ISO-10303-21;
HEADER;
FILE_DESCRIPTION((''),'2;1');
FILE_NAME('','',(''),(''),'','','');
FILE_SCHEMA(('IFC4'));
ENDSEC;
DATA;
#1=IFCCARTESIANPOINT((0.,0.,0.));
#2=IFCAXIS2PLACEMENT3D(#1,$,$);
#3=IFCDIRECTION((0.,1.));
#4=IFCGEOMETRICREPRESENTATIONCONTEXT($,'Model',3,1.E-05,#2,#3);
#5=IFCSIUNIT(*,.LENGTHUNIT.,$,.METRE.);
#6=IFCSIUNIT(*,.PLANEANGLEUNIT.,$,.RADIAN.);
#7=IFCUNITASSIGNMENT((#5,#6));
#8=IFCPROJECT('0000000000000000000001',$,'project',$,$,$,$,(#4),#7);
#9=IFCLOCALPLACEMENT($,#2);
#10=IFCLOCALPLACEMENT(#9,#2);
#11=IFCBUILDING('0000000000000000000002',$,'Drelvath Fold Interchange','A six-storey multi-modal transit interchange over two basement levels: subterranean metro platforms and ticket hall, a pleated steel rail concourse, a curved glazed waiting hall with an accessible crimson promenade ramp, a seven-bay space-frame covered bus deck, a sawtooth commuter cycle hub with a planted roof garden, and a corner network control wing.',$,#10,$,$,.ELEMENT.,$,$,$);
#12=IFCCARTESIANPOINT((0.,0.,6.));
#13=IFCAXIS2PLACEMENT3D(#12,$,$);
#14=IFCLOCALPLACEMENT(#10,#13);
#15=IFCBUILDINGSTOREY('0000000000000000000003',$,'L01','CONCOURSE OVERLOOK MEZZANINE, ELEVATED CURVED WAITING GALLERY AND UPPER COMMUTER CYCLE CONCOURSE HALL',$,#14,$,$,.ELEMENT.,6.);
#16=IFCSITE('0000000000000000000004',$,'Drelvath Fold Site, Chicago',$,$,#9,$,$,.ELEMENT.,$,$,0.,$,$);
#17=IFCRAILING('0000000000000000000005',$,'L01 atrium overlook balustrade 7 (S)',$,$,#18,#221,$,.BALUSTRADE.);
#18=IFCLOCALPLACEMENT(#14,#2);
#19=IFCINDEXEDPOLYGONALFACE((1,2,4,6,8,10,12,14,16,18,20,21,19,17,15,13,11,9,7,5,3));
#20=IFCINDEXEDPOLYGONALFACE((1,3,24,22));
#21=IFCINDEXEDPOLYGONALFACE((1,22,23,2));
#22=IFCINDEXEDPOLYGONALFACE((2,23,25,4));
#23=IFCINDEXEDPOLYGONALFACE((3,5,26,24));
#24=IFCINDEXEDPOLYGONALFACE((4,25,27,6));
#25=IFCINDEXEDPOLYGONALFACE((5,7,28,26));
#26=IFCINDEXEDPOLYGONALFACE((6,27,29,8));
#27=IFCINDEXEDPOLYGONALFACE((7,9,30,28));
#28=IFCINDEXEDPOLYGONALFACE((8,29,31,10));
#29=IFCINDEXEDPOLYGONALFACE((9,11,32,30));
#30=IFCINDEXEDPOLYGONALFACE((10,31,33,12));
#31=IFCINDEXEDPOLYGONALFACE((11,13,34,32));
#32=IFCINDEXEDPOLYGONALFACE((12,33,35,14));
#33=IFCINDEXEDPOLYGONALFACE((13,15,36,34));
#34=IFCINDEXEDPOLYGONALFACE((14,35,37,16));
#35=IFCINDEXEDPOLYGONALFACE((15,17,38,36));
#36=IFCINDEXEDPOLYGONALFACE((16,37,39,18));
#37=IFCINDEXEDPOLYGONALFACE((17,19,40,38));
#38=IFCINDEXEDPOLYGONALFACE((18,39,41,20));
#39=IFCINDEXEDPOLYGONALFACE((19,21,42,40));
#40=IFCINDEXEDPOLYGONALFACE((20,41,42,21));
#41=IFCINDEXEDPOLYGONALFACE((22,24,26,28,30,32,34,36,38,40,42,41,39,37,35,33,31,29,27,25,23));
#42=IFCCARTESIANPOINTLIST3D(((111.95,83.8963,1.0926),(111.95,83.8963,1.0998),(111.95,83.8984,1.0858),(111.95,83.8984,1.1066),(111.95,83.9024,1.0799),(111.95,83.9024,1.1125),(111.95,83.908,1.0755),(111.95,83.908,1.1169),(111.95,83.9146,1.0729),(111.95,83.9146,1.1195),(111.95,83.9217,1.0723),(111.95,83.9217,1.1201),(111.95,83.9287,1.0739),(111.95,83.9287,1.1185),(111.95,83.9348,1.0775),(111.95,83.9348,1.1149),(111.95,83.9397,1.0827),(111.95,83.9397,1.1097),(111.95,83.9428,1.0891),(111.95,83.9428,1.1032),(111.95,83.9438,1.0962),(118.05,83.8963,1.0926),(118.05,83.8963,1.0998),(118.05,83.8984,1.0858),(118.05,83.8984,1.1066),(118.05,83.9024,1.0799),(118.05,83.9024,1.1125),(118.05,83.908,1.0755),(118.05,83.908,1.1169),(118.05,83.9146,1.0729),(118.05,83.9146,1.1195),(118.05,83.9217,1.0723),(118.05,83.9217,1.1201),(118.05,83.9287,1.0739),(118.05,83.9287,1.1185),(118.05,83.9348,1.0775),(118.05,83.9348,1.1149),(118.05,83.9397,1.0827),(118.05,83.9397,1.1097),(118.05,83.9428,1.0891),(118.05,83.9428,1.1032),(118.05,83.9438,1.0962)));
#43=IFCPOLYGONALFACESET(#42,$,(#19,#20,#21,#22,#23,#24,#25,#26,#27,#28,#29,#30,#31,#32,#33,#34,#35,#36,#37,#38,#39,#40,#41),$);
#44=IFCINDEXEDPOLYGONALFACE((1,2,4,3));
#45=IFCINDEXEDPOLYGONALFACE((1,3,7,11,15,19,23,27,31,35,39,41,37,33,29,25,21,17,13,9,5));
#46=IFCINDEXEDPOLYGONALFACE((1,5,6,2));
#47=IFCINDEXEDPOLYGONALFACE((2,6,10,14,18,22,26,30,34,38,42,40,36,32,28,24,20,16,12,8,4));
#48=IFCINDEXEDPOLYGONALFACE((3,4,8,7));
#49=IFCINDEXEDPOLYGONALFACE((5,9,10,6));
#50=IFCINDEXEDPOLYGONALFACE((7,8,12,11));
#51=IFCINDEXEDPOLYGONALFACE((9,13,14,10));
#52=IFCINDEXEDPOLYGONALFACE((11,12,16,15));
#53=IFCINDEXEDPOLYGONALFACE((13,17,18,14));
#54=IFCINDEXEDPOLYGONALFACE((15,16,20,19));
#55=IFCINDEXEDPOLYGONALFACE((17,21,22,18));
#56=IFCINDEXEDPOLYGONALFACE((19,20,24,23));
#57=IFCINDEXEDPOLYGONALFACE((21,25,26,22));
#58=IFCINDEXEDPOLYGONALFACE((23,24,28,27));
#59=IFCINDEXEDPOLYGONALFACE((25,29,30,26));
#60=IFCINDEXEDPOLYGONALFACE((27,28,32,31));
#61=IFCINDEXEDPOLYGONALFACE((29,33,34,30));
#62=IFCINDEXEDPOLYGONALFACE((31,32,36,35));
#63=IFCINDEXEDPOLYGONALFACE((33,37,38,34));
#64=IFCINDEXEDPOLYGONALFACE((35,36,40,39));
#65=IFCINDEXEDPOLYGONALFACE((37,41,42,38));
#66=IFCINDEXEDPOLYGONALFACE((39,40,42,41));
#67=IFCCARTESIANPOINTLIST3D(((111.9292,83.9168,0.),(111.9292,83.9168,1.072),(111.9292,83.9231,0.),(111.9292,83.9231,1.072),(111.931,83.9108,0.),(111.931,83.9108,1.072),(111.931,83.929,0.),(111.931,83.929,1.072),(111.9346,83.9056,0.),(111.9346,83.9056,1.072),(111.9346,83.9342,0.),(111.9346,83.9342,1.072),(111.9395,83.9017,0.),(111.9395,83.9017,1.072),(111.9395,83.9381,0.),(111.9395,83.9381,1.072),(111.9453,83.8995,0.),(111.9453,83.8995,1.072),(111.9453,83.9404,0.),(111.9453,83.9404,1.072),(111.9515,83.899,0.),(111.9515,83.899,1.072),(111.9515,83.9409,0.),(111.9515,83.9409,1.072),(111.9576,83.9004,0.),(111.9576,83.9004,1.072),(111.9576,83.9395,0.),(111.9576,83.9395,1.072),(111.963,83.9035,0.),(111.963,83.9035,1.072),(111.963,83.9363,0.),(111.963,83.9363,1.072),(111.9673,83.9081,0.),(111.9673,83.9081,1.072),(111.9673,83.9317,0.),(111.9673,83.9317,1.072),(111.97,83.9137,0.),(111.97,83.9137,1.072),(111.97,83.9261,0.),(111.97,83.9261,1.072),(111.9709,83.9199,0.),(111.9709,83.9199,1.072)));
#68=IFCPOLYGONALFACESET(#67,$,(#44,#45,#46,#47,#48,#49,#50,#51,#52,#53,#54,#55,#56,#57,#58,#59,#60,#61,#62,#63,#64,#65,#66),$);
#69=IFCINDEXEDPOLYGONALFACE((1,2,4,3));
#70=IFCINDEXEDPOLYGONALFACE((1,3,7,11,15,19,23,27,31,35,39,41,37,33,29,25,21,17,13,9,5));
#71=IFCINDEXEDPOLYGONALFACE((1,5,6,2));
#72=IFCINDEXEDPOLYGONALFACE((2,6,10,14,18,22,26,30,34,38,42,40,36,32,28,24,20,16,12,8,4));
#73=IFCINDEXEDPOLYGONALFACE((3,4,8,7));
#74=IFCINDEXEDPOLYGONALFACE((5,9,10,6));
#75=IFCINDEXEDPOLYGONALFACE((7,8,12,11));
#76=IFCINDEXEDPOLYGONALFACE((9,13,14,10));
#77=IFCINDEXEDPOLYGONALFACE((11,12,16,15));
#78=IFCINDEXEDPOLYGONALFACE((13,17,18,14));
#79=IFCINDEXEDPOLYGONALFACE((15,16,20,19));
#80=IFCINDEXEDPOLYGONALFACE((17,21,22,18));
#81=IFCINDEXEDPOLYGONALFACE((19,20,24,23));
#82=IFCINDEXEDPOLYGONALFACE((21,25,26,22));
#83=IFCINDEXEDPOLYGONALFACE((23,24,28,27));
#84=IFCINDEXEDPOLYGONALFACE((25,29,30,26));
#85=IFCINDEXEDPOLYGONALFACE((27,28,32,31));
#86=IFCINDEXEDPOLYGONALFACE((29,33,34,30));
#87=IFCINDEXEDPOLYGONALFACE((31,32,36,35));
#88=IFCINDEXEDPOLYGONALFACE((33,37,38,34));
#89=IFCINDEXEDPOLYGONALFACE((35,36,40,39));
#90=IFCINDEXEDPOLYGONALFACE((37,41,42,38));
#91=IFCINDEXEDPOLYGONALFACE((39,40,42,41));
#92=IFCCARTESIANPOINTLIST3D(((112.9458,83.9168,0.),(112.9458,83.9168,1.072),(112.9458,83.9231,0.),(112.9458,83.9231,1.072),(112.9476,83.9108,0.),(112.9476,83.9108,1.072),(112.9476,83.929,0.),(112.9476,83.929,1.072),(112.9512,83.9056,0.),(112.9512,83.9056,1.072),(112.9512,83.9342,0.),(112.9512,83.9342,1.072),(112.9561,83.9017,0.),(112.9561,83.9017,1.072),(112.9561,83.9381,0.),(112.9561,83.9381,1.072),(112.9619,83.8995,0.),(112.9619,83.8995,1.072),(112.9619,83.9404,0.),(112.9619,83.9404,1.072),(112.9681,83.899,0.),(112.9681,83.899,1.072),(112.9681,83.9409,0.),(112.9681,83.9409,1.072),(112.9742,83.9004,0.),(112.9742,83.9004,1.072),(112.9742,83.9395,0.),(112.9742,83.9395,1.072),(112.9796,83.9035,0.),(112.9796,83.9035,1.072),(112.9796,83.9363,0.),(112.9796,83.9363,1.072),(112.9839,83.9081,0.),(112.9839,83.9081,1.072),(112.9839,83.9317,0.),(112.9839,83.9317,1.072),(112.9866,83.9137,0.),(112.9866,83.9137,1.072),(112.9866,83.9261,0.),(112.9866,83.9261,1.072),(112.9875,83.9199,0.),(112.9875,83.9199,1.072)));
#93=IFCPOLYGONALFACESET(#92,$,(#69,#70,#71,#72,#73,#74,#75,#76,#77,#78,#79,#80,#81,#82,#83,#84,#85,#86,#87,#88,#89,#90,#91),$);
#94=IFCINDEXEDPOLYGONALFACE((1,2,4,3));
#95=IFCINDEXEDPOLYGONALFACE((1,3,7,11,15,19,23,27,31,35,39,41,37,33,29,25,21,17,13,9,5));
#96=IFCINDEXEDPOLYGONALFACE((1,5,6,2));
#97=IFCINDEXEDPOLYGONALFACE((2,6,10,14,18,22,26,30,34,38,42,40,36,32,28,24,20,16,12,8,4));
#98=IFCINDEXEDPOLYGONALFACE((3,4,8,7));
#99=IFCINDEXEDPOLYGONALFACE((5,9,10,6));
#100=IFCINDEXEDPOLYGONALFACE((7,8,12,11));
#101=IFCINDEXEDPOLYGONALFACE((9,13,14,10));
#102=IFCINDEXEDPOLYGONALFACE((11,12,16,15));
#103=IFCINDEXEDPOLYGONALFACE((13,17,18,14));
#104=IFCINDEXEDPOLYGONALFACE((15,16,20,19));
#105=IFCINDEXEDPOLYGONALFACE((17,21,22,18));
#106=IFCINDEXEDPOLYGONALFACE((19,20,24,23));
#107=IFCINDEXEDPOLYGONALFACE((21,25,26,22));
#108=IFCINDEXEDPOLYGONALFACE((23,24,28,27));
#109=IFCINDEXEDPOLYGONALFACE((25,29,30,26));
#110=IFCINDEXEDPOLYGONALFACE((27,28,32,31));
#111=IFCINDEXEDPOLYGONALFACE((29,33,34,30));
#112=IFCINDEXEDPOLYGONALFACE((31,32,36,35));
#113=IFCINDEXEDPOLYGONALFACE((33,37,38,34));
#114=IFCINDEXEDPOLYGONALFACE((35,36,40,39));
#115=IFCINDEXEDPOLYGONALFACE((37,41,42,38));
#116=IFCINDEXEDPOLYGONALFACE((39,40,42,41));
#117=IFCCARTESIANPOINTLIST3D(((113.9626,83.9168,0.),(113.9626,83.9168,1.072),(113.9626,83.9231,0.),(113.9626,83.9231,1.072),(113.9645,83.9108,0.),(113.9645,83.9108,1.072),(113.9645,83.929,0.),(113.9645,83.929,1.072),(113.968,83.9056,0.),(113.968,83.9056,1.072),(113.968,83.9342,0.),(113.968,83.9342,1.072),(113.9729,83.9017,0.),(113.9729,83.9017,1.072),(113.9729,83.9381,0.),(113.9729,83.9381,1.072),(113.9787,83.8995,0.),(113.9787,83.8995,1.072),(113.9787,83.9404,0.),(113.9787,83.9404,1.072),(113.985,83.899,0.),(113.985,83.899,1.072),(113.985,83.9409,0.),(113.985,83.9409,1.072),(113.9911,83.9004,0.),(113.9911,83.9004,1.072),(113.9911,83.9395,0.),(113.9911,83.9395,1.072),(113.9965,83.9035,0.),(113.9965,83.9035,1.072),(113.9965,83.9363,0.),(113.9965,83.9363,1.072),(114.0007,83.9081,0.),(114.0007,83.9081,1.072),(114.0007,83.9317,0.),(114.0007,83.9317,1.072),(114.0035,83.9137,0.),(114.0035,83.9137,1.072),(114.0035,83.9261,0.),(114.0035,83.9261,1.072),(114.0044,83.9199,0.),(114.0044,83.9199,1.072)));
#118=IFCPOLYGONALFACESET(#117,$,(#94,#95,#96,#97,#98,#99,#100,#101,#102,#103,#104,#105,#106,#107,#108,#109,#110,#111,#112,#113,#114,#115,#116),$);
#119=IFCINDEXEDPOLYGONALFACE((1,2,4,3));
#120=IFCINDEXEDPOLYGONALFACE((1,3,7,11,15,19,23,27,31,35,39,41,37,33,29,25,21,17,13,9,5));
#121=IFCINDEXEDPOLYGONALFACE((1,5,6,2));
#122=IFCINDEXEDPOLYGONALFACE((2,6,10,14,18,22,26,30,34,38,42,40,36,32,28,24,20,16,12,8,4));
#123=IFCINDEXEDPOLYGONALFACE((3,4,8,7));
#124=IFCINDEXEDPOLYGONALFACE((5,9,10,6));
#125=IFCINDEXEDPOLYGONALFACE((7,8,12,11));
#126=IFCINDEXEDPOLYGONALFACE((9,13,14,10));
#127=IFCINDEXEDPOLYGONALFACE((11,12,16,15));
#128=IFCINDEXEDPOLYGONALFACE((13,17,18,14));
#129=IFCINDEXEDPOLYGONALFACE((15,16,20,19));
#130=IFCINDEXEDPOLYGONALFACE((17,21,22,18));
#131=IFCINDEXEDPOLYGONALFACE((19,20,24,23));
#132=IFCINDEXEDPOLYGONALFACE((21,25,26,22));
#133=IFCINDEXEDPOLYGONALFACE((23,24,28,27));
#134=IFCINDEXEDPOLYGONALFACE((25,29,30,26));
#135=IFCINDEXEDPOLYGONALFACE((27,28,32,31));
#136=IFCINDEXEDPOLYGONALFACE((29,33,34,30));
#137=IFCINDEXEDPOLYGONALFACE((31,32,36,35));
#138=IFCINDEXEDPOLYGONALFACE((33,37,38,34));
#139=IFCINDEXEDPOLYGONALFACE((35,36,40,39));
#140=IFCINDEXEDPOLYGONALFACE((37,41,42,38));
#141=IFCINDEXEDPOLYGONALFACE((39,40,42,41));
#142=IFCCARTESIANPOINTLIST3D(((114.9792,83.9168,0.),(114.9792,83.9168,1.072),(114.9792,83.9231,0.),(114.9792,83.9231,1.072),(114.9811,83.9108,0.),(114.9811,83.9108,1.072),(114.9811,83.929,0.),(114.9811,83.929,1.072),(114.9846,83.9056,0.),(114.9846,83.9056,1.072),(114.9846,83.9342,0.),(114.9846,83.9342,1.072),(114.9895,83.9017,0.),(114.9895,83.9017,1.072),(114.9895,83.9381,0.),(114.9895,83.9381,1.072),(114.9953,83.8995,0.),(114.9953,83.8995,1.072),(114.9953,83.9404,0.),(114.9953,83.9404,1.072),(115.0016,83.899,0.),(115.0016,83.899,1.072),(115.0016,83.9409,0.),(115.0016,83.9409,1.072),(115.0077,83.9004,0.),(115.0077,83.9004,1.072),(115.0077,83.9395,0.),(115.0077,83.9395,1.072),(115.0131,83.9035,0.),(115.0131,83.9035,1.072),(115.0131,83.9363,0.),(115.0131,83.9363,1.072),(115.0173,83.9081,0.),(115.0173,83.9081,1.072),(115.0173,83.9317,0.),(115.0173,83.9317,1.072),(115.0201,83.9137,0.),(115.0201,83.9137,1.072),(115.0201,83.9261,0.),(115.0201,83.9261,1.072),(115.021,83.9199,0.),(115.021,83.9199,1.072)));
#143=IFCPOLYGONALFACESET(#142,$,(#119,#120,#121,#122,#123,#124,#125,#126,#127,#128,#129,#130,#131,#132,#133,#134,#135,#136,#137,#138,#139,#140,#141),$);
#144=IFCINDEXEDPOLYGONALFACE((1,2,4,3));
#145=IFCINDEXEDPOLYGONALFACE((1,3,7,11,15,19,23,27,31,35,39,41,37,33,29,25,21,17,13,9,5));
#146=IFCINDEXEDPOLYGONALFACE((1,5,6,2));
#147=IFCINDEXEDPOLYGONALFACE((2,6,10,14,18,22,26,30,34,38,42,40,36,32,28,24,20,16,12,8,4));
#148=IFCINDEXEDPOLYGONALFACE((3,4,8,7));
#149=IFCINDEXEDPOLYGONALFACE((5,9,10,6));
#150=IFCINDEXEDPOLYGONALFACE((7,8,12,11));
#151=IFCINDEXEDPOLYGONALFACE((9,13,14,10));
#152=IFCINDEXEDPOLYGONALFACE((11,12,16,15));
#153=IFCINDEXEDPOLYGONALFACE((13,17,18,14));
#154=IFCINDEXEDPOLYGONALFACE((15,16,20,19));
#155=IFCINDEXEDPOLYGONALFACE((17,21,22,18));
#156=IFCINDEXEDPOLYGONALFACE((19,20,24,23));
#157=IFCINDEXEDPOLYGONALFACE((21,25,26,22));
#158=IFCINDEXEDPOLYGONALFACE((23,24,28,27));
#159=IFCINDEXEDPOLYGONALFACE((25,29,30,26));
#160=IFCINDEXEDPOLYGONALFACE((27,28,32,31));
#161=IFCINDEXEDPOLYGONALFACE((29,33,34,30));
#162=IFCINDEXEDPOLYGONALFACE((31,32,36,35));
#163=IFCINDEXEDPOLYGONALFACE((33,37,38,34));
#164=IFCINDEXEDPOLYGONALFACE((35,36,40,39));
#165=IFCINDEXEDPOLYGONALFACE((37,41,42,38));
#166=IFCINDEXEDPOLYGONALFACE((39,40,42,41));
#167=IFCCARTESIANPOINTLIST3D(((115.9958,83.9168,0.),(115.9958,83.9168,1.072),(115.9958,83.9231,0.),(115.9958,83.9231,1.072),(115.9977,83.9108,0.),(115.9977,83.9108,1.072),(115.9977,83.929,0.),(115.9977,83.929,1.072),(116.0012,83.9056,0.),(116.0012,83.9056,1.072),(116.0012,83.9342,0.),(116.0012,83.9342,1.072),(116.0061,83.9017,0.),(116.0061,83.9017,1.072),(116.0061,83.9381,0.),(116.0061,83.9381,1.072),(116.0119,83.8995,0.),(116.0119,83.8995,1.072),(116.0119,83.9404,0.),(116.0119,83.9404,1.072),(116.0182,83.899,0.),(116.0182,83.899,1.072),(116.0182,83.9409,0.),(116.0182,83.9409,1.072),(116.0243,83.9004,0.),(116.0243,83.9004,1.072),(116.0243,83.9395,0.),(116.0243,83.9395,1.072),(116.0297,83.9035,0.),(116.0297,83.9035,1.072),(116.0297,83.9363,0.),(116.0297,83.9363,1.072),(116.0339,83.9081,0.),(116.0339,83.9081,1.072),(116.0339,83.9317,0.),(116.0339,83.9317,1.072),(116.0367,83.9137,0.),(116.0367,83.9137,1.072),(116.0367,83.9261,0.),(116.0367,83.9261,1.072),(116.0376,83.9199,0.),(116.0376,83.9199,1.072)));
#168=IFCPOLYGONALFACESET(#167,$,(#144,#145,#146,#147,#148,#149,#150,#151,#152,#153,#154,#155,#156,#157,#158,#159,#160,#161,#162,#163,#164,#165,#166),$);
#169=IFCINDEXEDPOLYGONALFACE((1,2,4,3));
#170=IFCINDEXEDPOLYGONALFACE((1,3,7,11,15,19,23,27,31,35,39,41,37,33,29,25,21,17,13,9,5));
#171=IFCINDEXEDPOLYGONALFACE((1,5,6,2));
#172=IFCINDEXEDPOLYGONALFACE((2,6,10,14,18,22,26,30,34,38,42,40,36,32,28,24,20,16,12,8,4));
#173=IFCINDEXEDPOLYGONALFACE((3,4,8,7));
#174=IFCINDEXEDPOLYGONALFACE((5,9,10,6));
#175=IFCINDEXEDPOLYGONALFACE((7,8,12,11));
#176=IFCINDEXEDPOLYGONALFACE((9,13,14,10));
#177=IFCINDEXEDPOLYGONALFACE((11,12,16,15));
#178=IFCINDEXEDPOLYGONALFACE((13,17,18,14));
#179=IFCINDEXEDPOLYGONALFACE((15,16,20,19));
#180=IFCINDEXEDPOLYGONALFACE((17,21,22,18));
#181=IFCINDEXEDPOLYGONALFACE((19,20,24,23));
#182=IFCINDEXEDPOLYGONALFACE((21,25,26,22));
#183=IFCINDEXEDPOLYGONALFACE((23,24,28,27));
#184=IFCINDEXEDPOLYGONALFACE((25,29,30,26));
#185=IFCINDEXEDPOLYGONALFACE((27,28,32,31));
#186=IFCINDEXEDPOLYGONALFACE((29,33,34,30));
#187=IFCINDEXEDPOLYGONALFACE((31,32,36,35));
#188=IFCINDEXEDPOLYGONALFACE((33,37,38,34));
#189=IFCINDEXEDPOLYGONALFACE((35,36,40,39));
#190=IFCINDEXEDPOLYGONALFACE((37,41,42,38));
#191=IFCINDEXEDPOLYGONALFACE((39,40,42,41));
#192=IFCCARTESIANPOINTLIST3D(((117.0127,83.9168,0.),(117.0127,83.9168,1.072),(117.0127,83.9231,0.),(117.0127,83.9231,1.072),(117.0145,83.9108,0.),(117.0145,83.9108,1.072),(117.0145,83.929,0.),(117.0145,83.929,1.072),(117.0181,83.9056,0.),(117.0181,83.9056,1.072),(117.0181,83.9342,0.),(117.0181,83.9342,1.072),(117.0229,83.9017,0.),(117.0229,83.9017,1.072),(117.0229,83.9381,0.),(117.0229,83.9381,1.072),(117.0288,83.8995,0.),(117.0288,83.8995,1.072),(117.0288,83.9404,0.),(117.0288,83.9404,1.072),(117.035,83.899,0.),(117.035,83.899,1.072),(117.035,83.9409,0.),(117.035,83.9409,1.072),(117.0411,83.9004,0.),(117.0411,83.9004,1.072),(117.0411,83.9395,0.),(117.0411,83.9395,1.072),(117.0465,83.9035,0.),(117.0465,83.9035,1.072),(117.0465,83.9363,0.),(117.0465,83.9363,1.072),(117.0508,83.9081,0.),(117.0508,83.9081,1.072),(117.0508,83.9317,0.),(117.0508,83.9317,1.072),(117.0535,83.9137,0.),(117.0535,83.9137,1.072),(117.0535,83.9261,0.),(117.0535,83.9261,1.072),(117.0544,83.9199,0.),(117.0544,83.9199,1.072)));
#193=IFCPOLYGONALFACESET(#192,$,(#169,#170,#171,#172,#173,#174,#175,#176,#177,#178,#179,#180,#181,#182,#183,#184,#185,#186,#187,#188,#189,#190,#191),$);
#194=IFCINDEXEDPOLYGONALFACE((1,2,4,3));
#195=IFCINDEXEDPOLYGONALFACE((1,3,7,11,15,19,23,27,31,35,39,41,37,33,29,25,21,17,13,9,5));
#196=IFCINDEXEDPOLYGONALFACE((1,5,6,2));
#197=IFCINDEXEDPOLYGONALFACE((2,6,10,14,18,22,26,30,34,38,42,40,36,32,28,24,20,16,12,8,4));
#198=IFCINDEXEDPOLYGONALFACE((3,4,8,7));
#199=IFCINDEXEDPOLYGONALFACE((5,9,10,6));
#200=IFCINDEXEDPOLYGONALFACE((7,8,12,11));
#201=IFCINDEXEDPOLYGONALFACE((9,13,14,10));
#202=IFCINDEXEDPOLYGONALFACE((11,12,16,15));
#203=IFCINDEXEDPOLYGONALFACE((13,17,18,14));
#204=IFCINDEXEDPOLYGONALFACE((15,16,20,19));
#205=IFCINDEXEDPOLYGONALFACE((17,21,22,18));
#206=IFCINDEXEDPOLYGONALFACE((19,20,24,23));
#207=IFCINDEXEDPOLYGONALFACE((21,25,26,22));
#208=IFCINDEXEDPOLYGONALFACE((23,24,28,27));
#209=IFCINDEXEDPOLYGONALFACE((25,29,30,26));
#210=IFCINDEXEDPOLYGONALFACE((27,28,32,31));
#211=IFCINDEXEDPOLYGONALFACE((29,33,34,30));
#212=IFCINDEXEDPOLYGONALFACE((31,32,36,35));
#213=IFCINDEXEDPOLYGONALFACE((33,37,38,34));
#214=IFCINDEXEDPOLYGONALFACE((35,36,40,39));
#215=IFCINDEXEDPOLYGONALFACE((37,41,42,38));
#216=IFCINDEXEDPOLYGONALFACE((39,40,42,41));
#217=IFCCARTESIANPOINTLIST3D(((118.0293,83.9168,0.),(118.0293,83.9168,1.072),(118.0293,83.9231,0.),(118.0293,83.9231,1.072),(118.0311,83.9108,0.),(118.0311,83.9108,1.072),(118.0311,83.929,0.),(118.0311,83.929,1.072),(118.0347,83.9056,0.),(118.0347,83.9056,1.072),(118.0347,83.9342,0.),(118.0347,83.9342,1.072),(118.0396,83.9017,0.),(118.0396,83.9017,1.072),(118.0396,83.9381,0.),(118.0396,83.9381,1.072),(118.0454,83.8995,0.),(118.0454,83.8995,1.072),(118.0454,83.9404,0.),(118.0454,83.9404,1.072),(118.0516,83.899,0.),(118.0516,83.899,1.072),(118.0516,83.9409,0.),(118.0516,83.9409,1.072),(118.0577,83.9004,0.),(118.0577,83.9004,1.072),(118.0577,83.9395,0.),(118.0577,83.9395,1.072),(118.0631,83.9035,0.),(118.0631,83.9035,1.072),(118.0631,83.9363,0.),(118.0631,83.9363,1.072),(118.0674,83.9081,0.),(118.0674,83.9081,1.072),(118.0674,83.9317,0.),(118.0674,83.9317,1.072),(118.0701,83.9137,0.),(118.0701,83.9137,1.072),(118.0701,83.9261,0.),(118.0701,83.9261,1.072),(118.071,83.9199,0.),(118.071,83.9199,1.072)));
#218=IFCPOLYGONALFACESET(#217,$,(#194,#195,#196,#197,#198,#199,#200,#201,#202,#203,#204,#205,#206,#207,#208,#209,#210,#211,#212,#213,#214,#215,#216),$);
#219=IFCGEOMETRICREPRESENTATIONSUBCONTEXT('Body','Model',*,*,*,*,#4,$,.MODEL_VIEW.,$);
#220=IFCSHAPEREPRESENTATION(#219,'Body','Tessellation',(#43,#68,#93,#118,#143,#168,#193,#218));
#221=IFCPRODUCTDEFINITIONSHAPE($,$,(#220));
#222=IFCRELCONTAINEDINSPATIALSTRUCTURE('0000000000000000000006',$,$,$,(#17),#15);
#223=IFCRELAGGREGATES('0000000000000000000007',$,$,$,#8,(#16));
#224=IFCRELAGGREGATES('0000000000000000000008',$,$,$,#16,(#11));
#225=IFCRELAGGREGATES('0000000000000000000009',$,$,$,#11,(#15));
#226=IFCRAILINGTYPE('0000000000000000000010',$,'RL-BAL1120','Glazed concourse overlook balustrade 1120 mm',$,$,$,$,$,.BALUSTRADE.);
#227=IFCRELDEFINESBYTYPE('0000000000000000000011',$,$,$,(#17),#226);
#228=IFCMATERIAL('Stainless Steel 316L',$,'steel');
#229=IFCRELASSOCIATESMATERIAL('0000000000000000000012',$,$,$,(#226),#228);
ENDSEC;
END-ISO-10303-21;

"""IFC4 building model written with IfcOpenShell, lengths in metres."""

from ifc_helpers import new_model, si_unit, direction, frame, origin, origin_2d, place, context, subcontext, project, spatial, circle, extrude, material, type_object, element, save


model = new_model("IFC4")

# Units and contexts
model_context = context("Model", 3, precision=1e-05, world=origin(), true_north=direction((0.0, 1.0)))
body_context = subcontext(model_context, "Body", "Model", "MODEL_VIEW")
ifc_project = project(units=[si_unit("LENGTHUNIT", "METRE"), si_unit("PLANEANGLEUNIT", "RADIAN")], contexts=[model_context])

# Site, building, storey
site_placement = place(None, origin())
site = spatial("IfcSite", under=ifc_project, at=site_placement, Name="Drelvath Fold Site, Chicago", CompositionType="ELEMENT", RefElevation=0.0)
building_placement = place(site_placement, origin())
building = spatial("IfcBuilding", under=site, at=building_placement, Name="Drelvath Fold Interchange", Description="A six-storey multi-modal transit interchange over two basement levels: subterranean metro platforms and ticket hall, a pleated steel rail concourse, a curved glazed waiting hall with an accessible crimson promenade ramp, a seven-bay space-frame covered bus deck, a sawtooth commuter cycle hub with a planted roof garden, and a corner network control wing.", CompositionType="ELEMENT")
storey_placement = place(building_placement, frame((0.0, 0.0, 6.0)))
storey = spatial("IfcBuildingStorey", under=building, at=storey_placement, Name="L01", Description="CONCOURSE OVERLOOK MEZZANINE, ELEVATED CURVED WAITING GALLERY AND UPPER COMMUTER CYCLE CONCOURSE HALL", CompositionType="ELEMENT", Elevation=6.0)

# Railing
ifc_material_1 = material(Name="Stainless Steel 316L", Category="steel")
railing_type = type_object("IfcRailingType", Name="RL-BAL1120", Description="Glazed concourse overlook balustrade 1120 mm", PredefinedType="BALUSTRADE", material=ifc_material_1)
railing_1_placement = place(storey_placement, frame((111.95, 83.9199, 0.0)))
element("IfcRailing", 1, at=railing_1_placement, inside=storey, type_object=railing_type, Name="L01 atrium overlook balustrade 7 (S)", PredefinedType="BALUSTRADE", context=body_context, shape_type="SweptSolid", body=[
    extrude(circle(Radius=0.0239, at=origin_2d()), frame((0.0, 0.0, 1.0962), z_axis=(1.0, 0.0, 0.0), x_axis=(0.0, 1.0, 0.0)), (0.0, 0.0, 1.0), 6.1001),
    extrude(circle(Radius=0.021, at=origin_2d()), origin(), (0.0, 0.0, 1.0), 1.072),
    extrude(circle(Radius=0.021, at=origin_2d()), frame((1.0166, 0.0, 0.0)), (0.0, 0.0, 1.0), 1.072),
    extrude(circle(Radius=0.021, at=origin_2d()), frame((2.0334, 0.0, 0.0)), (0.0, 0.0, 1.0), 1.072),
    extrude(circle(Radius=0.021, at=origin_2d()), frame((3.05, 0.0, 0.0)), (0.0, 0.0, 1.0), 1.072),
    extrude(circle(Radius=0.021, at=origin_2d()), frame((4.0667, 0.0, 0.0)), (0.0, 0.0, 1.0), 1.072),
    extrude(circle(Radius=0.021, at=origin_2d()), frame((5.0835, 0.0, 0.0)), (0.0, 0.0, 1.0), 1.072),
    extrude(circle(Radius=0.021, at=origin_2d()), frame((6.1001, 0.0, 0.0)), (0.0, 0.0, 1.0), 1.072),
])

save(model, "model.ifc")
